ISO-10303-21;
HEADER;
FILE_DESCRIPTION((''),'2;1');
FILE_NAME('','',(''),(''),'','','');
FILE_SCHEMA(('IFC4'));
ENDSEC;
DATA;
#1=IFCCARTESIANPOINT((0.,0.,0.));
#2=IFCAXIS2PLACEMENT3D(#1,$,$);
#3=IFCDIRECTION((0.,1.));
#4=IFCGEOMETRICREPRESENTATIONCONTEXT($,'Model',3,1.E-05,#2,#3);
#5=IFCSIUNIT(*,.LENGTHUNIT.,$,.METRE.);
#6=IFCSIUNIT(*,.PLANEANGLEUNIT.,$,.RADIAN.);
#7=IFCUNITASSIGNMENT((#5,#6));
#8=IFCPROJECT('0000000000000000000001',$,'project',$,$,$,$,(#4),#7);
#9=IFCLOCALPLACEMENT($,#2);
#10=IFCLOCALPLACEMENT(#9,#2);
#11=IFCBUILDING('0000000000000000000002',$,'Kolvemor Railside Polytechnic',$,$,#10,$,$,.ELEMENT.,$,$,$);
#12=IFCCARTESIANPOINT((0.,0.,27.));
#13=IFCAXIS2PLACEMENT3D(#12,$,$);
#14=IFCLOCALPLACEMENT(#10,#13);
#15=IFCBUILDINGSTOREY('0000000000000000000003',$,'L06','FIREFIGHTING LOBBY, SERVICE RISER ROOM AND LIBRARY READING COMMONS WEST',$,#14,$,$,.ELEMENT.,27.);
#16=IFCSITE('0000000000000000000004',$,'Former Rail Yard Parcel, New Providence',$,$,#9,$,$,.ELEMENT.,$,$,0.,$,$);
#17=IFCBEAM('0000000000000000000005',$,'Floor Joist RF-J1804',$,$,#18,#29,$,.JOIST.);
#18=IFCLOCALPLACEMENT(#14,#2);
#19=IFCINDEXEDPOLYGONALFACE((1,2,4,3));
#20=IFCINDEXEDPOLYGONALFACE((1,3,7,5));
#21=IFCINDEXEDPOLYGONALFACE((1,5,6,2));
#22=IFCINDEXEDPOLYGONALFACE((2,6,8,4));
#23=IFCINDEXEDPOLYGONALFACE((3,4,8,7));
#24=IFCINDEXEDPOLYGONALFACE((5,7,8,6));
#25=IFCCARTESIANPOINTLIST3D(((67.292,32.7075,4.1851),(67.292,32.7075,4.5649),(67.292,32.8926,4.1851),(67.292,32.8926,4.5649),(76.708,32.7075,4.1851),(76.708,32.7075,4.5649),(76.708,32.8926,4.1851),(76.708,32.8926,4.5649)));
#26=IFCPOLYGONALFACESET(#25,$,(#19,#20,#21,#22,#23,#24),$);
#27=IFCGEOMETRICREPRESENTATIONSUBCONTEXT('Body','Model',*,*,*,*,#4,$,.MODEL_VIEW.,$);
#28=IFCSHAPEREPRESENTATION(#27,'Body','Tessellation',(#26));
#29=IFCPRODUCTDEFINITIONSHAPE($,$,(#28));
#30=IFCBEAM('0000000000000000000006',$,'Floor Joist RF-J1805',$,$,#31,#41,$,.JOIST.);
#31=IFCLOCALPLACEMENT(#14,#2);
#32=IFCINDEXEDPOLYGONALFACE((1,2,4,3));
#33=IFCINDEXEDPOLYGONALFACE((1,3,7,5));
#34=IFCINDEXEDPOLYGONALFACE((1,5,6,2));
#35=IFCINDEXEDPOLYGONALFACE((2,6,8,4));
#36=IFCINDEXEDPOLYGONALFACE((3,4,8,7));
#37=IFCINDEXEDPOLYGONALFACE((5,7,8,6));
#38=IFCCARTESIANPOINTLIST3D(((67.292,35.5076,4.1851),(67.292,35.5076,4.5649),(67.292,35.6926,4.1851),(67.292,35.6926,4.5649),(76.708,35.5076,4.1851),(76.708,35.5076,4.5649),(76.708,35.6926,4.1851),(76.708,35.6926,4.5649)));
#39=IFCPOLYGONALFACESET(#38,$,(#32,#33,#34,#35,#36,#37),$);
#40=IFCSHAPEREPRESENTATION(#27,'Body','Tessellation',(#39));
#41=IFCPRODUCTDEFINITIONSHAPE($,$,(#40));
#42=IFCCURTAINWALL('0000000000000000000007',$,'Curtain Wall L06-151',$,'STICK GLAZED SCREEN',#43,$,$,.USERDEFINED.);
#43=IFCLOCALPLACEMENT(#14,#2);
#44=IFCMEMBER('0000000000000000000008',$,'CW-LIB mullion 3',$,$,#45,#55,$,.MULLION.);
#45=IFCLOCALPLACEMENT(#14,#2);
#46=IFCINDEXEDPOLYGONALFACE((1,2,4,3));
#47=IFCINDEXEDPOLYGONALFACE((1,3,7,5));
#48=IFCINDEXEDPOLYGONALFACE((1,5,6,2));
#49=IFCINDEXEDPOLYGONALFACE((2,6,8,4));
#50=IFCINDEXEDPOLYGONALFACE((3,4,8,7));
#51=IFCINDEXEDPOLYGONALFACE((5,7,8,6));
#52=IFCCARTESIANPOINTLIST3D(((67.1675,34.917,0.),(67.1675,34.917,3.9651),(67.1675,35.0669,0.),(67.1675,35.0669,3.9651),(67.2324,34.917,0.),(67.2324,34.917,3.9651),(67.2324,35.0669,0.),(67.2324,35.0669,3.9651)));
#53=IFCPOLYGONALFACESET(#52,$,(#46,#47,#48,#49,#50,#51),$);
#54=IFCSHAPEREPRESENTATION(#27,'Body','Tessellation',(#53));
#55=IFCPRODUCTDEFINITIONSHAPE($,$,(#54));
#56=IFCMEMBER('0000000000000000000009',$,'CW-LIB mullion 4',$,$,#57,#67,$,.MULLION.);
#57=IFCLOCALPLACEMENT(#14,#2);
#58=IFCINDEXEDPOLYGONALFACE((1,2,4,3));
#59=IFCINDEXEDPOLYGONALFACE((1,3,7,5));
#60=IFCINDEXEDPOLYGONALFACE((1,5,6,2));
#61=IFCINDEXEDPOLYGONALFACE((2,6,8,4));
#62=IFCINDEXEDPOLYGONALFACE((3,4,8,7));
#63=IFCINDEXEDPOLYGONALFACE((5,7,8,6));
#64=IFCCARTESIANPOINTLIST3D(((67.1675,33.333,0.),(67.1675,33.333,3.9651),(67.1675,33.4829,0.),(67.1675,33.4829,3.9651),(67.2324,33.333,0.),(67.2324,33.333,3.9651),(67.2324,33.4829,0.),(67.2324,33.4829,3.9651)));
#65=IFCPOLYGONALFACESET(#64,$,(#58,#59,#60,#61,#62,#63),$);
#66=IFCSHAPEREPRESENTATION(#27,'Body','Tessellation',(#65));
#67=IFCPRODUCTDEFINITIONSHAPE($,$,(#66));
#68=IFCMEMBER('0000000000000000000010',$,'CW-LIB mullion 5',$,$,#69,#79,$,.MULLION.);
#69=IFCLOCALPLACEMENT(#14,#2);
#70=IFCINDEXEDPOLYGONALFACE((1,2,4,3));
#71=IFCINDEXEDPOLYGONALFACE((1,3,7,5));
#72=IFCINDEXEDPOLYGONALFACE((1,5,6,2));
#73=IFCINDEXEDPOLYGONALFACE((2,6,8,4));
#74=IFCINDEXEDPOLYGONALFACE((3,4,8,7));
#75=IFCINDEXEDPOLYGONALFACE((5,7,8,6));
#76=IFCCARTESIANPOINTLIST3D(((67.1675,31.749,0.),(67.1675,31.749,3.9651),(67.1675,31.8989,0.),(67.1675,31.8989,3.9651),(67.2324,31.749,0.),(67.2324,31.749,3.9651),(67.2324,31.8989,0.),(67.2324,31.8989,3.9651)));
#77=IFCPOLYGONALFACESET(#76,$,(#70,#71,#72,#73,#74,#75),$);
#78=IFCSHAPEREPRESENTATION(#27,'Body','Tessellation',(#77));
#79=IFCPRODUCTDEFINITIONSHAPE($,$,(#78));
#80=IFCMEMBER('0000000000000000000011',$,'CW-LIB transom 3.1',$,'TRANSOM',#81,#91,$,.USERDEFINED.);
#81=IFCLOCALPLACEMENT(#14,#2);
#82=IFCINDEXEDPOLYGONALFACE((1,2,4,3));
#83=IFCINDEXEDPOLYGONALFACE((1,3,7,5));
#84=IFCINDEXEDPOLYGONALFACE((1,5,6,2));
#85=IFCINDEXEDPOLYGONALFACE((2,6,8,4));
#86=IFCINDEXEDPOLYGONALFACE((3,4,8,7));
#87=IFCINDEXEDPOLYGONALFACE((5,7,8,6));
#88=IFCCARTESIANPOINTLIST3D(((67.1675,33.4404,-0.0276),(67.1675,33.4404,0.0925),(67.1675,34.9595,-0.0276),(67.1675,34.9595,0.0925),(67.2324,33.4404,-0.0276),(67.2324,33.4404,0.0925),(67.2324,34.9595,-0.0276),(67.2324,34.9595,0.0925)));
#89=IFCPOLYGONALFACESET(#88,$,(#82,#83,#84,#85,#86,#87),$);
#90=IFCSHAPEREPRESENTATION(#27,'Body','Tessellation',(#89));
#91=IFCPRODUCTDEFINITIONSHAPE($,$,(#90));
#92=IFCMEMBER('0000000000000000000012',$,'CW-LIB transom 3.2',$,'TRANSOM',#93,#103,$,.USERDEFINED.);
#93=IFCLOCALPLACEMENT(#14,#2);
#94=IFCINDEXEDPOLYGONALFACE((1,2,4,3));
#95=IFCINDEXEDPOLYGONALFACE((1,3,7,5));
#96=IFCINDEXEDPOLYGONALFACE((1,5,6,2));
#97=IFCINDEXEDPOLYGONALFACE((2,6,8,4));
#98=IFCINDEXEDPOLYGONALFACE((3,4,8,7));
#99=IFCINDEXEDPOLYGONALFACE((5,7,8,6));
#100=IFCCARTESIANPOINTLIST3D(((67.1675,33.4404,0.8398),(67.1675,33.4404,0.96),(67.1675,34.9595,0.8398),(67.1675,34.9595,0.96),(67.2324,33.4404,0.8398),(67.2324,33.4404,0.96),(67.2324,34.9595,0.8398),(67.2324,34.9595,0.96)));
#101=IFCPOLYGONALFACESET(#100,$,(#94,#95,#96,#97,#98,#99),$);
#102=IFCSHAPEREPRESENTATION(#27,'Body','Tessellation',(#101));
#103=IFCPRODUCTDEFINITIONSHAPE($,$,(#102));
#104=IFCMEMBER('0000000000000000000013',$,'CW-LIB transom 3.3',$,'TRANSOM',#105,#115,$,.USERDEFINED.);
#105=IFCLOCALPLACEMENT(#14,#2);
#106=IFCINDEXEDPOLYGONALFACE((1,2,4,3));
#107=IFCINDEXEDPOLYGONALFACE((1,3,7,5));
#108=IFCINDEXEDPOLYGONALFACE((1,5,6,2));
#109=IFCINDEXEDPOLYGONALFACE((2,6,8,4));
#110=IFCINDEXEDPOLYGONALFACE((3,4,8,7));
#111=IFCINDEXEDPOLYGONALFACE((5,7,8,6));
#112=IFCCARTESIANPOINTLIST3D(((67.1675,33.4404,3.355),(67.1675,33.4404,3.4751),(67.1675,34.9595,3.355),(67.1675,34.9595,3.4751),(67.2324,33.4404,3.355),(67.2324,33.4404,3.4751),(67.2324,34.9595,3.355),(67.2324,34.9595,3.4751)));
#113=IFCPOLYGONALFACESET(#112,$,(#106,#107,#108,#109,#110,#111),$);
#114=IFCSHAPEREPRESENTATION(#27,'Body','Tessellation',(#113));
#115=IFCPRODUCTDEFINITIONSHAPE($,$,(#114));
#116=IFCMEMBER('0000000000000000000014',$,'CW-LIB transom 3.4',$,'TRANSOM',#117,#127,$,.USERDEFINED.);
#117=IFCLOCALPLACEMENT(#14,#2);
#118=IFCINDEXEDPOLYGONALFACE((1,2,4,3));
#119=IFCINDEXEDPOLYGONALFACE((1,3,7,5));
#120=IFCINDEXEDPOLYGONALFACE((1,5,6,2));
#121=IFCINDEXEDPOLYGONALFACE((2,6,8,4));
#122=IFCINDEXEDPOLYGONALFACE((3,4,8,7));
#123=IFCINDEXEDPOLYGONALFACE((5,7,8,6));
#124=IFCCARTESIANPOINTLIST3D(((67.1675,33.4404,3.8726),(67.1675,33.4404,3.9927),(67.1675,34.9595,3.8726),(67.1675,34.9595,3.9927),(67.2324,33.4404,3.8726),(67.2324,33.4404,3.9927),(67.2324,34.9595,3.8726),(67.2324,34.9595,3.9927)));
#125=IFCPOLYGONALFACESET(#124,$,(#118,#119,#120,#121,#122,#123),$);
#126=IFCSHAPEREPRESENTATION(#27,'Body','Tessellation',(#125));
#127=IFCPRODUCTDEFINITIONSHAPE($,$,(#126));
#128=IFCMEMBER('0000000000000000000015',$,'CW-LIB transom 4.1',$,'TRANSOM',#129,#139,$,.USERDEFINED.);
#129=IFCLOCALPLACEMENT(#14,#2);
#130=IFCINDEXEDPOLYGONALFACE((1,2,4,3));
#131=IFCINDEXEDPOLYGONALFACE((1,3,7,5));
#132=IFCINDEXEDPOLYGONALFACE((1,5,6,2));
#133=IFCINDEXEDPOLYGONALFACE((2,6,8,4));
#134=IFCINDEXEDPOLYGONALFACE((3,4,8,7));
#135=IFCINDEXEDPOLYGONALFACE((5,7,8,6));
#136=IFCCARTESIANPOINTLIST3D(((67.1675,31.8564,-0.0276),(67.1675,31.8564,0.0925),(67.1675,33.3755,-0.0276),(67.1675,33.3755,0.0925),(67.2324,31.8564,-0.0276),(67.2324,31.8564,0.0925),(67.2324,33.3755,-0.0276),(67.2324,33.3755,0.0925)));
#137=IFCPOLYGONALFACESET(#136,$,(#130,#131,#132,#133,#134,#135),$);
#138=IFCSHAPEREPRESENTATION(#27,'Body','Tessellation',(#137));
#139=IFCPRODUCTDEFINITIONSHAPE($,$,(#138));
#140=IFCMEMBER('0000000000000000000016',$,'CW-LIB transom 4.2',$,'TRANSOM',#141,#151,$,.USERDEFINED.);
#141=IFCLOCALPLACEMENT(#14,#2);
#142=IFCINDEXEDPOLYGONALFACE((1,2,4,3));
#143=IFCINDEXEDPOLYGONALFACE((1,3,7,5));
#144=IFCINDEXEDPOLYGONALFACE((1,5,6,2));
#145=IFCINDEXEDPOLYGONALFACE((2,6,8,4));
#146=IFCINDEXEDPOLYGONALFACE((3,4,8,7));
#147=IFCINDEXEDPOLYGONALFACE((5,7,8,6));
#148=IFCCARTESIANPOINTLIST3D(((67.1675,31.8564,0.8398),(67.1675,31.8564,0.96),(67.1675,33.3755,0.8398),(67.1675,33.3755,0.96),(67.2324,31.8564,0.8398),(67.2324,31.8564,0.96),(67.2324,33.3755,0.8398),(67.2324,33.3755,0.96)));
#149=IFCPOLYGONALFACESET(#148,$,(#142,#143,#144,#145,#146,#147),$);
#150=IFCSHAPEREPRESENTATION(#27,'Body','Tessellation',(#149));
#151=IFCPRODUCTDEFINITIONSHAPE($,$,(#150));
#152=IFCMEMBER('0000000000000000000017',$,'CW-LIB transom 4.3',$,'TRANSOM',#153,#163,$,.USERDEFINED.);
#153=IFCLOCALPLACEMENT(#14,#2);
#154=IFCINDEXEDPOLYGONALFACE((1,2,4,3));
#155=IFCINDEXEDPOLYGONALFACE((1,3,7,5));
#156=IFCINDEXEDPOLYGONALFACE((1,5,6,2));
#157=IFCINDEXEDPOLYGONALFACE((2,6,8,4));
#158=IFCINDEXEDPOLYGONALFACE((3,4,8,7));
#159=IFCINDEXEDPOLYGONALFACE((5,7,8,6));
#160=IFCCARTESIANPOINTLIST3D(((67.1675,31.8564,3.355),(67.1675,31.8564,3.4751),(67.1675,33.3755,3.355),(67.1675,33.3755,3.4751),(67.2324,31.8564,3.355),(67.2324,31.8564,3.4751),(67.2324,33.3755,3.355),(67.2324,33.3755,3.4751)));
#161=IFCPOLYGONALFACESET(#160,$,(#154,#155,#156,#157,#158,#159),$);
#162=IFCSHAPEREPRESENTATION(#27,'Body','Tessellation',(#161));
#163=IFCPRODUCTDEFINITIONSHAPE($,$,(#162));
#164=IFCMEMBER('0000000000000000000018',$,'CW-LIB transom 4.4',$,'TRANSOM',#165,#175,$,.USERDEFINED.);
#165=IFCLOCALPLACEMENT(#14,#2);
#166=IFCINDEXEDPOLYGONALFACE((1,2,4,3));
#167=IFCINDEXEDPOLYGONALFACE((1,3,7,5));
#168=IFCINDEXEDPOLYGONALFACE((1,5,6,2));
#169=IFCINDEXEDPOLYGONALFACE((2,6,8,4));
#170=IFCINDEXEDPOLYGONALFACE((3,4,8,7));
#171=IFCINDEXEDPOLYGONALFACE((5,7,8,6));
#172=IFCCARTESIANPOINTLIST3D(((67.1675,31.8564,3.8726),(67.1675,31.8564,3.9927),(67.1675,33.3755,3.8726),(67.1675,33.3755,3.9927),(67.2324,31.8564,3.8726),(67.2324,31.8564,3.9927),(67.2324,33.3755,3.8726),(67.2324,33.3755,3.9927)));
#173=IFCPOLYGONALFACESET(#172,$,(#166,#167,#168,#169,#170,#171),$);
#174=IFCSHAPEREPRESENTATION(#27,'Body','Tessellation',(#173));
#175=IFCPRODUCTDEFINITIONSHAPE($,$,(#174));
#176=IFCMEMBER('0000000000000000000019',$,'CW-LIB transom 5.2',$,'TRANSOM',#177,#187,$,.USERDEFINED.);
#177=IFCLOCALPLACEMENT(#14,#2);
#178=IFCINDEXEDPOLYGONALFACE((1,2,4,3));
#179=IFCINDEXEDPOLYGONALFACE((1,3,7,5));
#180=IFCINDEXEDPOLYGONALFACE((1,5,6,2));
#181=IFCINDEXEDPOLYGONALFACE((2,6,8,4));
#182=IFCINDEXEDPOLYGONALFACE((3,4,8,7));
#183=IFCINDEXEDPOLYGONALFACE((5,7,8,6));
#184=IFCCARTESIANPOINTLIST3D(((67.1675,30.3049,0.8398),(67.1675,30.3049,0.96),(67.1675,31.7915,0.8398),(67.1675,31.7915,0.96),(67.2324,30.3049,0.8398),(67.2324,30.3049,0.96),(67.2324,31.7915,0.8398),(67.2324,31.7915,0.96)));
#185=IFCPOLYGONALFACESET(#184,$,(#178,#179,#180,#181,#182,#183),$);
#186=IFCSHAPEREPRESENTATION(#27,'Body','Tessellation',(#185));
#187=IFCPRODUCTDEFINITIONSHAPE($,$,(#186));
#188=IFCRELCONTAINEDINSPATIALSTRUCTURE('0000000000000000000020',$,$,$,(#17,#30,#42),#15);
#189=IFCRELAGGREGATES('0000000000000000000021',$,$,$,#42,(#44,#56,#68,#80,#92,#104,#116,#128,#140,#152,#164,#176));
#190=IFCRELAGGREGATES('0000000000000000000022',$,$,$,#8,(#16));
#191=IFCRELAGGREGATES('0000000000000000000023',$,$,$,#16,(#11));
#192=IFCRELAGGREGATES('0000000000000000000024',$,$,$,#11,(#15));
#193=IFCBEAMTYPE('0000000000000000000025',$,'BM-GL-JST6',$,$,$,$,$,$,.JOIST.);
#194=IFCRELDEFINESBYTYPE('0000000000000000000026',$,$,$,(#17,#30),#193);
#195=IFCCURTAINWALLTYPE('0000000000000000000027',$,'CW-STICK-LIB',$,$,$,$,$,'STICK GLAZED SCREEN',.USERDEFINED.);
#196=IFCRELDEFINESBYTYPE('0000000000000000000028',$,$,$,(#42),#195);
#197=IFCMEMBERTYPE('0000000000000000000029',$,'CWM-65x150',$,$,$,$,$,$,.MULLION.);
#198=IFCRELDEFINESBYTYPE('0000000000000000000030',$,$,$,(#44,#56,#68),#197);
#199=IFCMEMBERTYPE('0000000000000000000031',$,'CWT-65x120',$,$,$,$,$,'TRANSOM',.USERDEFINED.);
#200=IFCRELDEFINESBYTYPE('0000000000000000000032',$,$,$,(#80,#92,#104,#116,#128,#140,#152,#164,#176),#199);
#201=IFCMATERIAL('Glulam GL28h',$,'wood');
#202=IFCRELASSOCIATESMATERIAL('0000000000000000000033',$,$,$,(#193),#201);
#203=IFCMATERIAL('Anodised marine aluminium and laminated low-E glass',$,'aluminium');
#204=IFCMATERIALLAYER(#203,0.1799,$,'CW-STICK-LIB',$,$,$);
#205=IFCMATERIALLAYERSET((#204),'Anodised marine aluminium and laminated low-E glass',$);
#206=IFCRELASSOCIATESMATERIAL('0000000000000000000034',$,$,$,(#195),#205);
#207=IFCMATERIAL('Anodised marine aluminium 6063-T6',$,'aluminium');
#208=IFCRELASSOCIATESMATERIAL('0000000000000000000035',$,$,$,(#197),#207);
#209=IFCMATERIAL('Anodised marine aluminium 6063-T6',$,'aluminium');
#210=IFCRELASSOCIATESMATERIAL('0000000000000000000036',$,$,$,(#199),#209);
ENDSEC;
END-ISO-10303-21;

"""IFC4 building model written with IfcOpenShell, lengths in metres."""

from ifc_helpers import new_model, si_unit, direction, frame, origin, origin_2d, place, context, subcontext, project, spatial, rectangle, extrude, material, layer, layer_set, material_profile, profile_set, type_object, element, aggregate, save


model = new_model("IFC4")

# Units and contexts
model_context = context("Model", 3, precision=1e-05, world=origin(), true_north=direction((0.0, 1.0)))
body_context = subcontext(model_context, "Body", "Model", "MODEL_VIEW")
ifc_project = project(units=[si_unit("LENGTHUNIT", "METRE"), si_unit("PLANEANGLEUNIT", "RADIAN")], contexts=[model_context])

# Site, building, storey
site_placement = place(None, origin())
site = spatial("IfcSite", under=ifc_project, at=site_placement, Name="Former Rail Yard Parcel, New Providence", CompositionType="ELEMENT", RefElevation=0.0)
building_placement = place(site_placement, origin())
building = spatial("IfcBuilding", under=site, at=building_placement, Name="Kolvemor Railside Polytechnic", CompositionType="ELEMENT")
storey_placement = place(building_placement, frame((0.0, 0.0, 27.0)))
storey = spatial("IfcBuildingStorey", under=building, at=storey_placement, Name="L06", Description="FIREFIGHTING LOBBY, SERVICE RISER ROOM AND LIBRARY READING COMMONS WEST", CompositionType="ELEMENT", Elevation=27.0)

# Beams
ifc_material_1 = material(Name="Glulam GL28h", Category="wood")
ifc_material_profile_1 = material_profile(ifc_material_1, rectangle(XDim=0.1851, YDim=0.3799, at=origin_2d()), Name="GL185x380")
ifc_profile_set_1 = profile_set([ifc_material_profile_1], Name="Glulam GL28h")
beam_type = type_object("IfcBeamType", Name="BM-GL-JST6", PredefinedType="JOIST", material=ifc_profile_set_1)
for number, where, z_axis, x_axis, name in (
    (1, (67.292, 32.8, 4.375), (1.0, 0.0, 0.0), (0.0, 1.0, 0.0), "Floor Joist RF-J1804"),
    (2, (67.292, 35.6001, 4.375), (1.0, 0.0, 0.0), (0.0, 1.0, 0.0), "Floor Joist RF-J1805"),
):
    element("IfcBeam", number, at=place(storey_placement, frame(where, z_axis=z_axis, x_axis=x_axis)), inside=storey, type_object=beam_type, Name=name, PredefinedType="JOIST", context=body_context, shape_type="SweptSolid", body=[
        extrude(rectangle(XDim=0.1851, YDim=0.3799, at=origin_2d()), origin(), (0.0, 0.0, 1.0), 9.416),
    ])

# Curtain wall, members
ifc_material_2 = material(Name="Anodised marine aluminium and laminated low-E glass", Category="aluminium")
ifc_layer_1 = layer(ifc_material_2, 0.1799, Name="CW-STICK-LIB")
ifc_layer_set_1 = layer_set([ifc_layer_1], Name="Anodised marine aluminium and laminated low-E glass")
curtain_wall_type = type_object("IfcCurtainWallType", Name="CW-STICK-LIB", ElementType="STICK GLAZED SCREEN", PredefinedType="USERDEFINED", material=ifc_layer_set_1)
curtain_wall_placement = place(storey_placement, origin())
curtain_wall = element("IfcCurtainWall", 3, at=curtain_wall_placement, inside=storey, type_object=curtain_wall_type, Name="Curtain Wall L06-151", ObjectType="STICK GLAZED SCREEN", PredefinedType="USERDEFINED")
ifc_material_3 = material(Name="Anodised marine aluminium 6063-T6", Category="aluminium")
ifc_material_profile_2 = material_profile(ifc_material_3, rectangle(XDim=0.0649, YDim=0.1499, at=origin_2d()), Name="CW-MUL-65x150")
ifc_profile_set_2 = profile_set([ifc_material_profile_2], Name="Anodised marine aluminium 6063-T6")
member_type_1 = type_object("IfcMemberType", Name="CWM-65x150", PredefinedType="MULLION", material=ifc_profile_set_2)
member_1_placement = place(storey_placement, frame((67.2, 34.9919, 0.0), z_axis=(0.0, 0.0, 1.0), x_axis=(1.0, 0.0, 0.0)))
member_1 = element("IfcMember", 4, at=member_1_placement, type_object=member_type_1, Name="CW-LIB mullion 3", PredefinedType="MULLION", context=body_context, shape_type="SweptSolid", body=[
    extrude(rectangle(XDim=0.0649, YDim=0.1499, at=origin_2d()), origin(), (0.0, 0.0, 1.0), 3.9651),
])
member_2_placement = place(storey_placement, frame((67.2, 33.408, 0.0), z_axis=(0.0, 0.0, 1.0), x_axis=(1.0, 0.0, 0.0)))
member_2 = element("IfcMember", 5, at=member_2_placement, type_object=member_type_1, Name="CW-LIB mullion 4", PredefinedType="MULLION", context=body_context, shape_type="SweptSolid", body=[
    extrude(rectangle(XDim=0.0649, YDim=0.1499, at=origin_2d()), origin(), (0.0, 0.0, 1.0), 3.9651),
])
member_3_placement = place(storey_placement, frame((67.2, 31.824, 0.0), z_axis=(0.0, 0.0, 1.0), x_axis=(1.0, 0.0, 0.0)))
member_3 = element("IfcMember", 6, at=member_3_placement, type_object=member_type_1, Name="CW-LIB mullion 5", PredefinedType="MULLION", context=body_context, shape_type="SweptSolid", body=[
    extrude(rectangle(XDim=0.0649, YDim=0.1499, at=origin_2d()), origin(), (0.0, 0.0, 1.0), 3.9651),
])
ifc_material_4 = material(Name="Anodised marine aluminium 6063-T6", Category="aluminium")
ifc_material_profile_3 = material_profile(ifc_material_4, rectangle(XDim=0.0649, YDim=0.1201, at=origin_2d()), Name="CW-TRN-65x120")
ifc_profile_set_3 = profile_set([ifc_material_profile_3], Name="Anodised marine aluminium 6063-T6")
member_type_2 = type_object("IfcMemberType", Name="CWT-65x120", ElementType="TRANSOM", PredefinedType="USERDEFINED", material=ifc_profile_set_3)
member_4_placement = place(storey_placement, frame((67.2, 34.9595, 0.0325), z_axis=(0.0, -1.0, 0.0), x_axis=(1.0, 0.0, 0.0)))
member_4 = element("IfcMember", 7, at=member_4_placement, type_object=member_type_2, Name="CW-LIB transom 3.1", ObjectType="TRANSOM", PredefinedType="USERDEFINED", context=body_context, shape_type="SweptSolid", body=[
    extrude(rectangle(XDim=0.0649, YDim=0.1201, at=origin_2d()), origin(), (0.0, 0.0, 1.0), 1.519),
])
member_5_placement = place(storey_placement, frame((67.2, 34.9595, 0.8999), z_axis=(0.0, -1.0, 0.0), x_axis=(1.0, 0.0, 0.0)))
member_5 = element("IfcMember", 8, at=member_5_placement, type_object=member_type_2, Name="CW-LIB transom 3.2", ObjectType="TRANSOM", PredefinedType="USERDEFINED", context=body_context, shape_type="SweptSolid", body=[
    extrude(rectangle(XDim=0.0649, YDim=0.1201, at=origin_2d()), origin(), (0.0, 0.0, 1.0), 1.519),
])
member_6_placement = place(storey_placement, frame((67.2, 34.9595, 3.415), z_axis=(0.0, -1.0, 0.0), x_axis=(1.0, 0.0, 0.0)))
member_6 = element("IfcMember", 9, at=member_6_placement, type_object=member_type_2, Name="CW-LIB transom 3.3", ObjectType="TRANSOM", PredefinedType="USERDEFINED", context=body_context, shape_type="SweptSolid", body=[
    extrude(rectangle(XDim=0.0649, YDim=0.1201, at=origin_2d()), origin(), (0.0, 0.0, 1.0), 1.519),
])
member_7_placement = place(storey_placement, frame((67.2, 34.9595, 3.9326), z_axis=(0.0, -1.0, 0.0), x_axis=(1.0, 0.0, 0.0)))
member_7 = element("IfcMember", 10, at=member_7_placement, type_object=member_type_2, Name="CW-LIB transom 3.4", ObjectType="TRANSOM", PredefinedType="USERDEFINED", context=body_context, shape_type="SweptSolid", body=[
    extrude(rectangle(XDim=0.0649, YDim=0.1201, at=origin_2d()), origin(), (0.0, 0.0, 1.0), 1.519),
])
member_8_placement = place(storey_placement, frame((67.2, 33.3755, 0.0325), z_axis=(0.0, -1.0, 0.0), x_axis=(1.0, 0.0, 0.0)))
member_8 = element("IfcMember", 11, at=member_8_placement, type_object=member_type_2, Name="CW-LIB transom 4.1", ObjectType="TRANSOM", PredefinedType="USERDEFINED", context=body_context, shape_type="SweptSolid", body=[
    extrude(rectangle(XDim=0.0649, YDim=0.1201, at=origin_2d()), origin(), (0.0, 0.0, 1.0), 1.519),
])
member_9_placement = place(storey_placement, frame((67.2, 33.3755, 0.8999), z_axis=(0.0, -1.0, 0.0), x_axis=(1.0, 0.0, 0.0)))
member_9 = element("IfcMember", 12, at=member_9_placement, type_object=member_type_2, Name="CW-LIB transom 4.2", ObjectType="TRANSOM", PredefinedType="USERDEFINED", context=body_context, shape_type="SweptSolid", body=[
    extrude(rectangle(XDim=0.0649, YDim=0.1201, at=origin_2d()), origin(), (0.0, 0.0, 1.0), 1.519),
])
member_10_placement = place(storey_placement, frame((67.2, 33.3755, 3.415), z_axis=(0.0, -1.0, 0.0), x_axis=(1.0, 0.0, 0.0)))
member_10 = element("IfcMember", 13, at=member_10_placement, type_object=member_type_2, Name="CW-LIB transom 4.3", ObjectType="TRANSOM", PredefinedType="USERDEFINED", context=body_context, shape_type="SweptSolid", body=[
    extrude(rectangle(XDim=0.0649, YDim=0.1201, at=origin_2d()), origin(), (0.0, 0.0, 1.0), 1.519),
])
member_11_placement = place(storey_placement, frame((67.2, 33.3755, 3.9326), z_axis=(0.0, -1.0, 0.0), x_axis=(1.0, 0.0, 0.0)))
member_11 = element("IfcMember", 14, at=member_11_placement, type_object=member_type_2, Name="CW-LIB transom 4.4", ObjectType="TRANSOM", PredefinedType="USERDEFINED", context=body_context, shape_type="SweptSolid", body=[
    extrude(rectangle(XDim=0.0649, YDim=0.1201, at=origin_2d()), origin(), (0.0, 0.0, 1.0), 1.519),
])
member_12_placement = place(storey_placement, frame((67.2, 31.7915, 0.8999), z_axis=(0.0, -1.0, 0.0), x_axis=(1.0, 0.0, 0.0)))
member_12 = element("IfcMember", 15, at=member_12_placement, type_object=member_type_2, Name="CW-LIB transom 5.2", ObjectType="TRANSOM", PredefinedType="USERDEFINED", context=body_context, shape_type="SweptSolid", body=[
    extrude(rectangle(XDim=0.0649, YDim=0.1201, at=origin_2d()), origin(), (0.0, 0.0, 1.0), 1.4866),
])
aggregate(curtain_wall, [member_1, member_2, member_3, member_4, member_5, member_6, member_7, member_8, member_9, member_10, member_11, member_12])

save(model, "model.ifc")
